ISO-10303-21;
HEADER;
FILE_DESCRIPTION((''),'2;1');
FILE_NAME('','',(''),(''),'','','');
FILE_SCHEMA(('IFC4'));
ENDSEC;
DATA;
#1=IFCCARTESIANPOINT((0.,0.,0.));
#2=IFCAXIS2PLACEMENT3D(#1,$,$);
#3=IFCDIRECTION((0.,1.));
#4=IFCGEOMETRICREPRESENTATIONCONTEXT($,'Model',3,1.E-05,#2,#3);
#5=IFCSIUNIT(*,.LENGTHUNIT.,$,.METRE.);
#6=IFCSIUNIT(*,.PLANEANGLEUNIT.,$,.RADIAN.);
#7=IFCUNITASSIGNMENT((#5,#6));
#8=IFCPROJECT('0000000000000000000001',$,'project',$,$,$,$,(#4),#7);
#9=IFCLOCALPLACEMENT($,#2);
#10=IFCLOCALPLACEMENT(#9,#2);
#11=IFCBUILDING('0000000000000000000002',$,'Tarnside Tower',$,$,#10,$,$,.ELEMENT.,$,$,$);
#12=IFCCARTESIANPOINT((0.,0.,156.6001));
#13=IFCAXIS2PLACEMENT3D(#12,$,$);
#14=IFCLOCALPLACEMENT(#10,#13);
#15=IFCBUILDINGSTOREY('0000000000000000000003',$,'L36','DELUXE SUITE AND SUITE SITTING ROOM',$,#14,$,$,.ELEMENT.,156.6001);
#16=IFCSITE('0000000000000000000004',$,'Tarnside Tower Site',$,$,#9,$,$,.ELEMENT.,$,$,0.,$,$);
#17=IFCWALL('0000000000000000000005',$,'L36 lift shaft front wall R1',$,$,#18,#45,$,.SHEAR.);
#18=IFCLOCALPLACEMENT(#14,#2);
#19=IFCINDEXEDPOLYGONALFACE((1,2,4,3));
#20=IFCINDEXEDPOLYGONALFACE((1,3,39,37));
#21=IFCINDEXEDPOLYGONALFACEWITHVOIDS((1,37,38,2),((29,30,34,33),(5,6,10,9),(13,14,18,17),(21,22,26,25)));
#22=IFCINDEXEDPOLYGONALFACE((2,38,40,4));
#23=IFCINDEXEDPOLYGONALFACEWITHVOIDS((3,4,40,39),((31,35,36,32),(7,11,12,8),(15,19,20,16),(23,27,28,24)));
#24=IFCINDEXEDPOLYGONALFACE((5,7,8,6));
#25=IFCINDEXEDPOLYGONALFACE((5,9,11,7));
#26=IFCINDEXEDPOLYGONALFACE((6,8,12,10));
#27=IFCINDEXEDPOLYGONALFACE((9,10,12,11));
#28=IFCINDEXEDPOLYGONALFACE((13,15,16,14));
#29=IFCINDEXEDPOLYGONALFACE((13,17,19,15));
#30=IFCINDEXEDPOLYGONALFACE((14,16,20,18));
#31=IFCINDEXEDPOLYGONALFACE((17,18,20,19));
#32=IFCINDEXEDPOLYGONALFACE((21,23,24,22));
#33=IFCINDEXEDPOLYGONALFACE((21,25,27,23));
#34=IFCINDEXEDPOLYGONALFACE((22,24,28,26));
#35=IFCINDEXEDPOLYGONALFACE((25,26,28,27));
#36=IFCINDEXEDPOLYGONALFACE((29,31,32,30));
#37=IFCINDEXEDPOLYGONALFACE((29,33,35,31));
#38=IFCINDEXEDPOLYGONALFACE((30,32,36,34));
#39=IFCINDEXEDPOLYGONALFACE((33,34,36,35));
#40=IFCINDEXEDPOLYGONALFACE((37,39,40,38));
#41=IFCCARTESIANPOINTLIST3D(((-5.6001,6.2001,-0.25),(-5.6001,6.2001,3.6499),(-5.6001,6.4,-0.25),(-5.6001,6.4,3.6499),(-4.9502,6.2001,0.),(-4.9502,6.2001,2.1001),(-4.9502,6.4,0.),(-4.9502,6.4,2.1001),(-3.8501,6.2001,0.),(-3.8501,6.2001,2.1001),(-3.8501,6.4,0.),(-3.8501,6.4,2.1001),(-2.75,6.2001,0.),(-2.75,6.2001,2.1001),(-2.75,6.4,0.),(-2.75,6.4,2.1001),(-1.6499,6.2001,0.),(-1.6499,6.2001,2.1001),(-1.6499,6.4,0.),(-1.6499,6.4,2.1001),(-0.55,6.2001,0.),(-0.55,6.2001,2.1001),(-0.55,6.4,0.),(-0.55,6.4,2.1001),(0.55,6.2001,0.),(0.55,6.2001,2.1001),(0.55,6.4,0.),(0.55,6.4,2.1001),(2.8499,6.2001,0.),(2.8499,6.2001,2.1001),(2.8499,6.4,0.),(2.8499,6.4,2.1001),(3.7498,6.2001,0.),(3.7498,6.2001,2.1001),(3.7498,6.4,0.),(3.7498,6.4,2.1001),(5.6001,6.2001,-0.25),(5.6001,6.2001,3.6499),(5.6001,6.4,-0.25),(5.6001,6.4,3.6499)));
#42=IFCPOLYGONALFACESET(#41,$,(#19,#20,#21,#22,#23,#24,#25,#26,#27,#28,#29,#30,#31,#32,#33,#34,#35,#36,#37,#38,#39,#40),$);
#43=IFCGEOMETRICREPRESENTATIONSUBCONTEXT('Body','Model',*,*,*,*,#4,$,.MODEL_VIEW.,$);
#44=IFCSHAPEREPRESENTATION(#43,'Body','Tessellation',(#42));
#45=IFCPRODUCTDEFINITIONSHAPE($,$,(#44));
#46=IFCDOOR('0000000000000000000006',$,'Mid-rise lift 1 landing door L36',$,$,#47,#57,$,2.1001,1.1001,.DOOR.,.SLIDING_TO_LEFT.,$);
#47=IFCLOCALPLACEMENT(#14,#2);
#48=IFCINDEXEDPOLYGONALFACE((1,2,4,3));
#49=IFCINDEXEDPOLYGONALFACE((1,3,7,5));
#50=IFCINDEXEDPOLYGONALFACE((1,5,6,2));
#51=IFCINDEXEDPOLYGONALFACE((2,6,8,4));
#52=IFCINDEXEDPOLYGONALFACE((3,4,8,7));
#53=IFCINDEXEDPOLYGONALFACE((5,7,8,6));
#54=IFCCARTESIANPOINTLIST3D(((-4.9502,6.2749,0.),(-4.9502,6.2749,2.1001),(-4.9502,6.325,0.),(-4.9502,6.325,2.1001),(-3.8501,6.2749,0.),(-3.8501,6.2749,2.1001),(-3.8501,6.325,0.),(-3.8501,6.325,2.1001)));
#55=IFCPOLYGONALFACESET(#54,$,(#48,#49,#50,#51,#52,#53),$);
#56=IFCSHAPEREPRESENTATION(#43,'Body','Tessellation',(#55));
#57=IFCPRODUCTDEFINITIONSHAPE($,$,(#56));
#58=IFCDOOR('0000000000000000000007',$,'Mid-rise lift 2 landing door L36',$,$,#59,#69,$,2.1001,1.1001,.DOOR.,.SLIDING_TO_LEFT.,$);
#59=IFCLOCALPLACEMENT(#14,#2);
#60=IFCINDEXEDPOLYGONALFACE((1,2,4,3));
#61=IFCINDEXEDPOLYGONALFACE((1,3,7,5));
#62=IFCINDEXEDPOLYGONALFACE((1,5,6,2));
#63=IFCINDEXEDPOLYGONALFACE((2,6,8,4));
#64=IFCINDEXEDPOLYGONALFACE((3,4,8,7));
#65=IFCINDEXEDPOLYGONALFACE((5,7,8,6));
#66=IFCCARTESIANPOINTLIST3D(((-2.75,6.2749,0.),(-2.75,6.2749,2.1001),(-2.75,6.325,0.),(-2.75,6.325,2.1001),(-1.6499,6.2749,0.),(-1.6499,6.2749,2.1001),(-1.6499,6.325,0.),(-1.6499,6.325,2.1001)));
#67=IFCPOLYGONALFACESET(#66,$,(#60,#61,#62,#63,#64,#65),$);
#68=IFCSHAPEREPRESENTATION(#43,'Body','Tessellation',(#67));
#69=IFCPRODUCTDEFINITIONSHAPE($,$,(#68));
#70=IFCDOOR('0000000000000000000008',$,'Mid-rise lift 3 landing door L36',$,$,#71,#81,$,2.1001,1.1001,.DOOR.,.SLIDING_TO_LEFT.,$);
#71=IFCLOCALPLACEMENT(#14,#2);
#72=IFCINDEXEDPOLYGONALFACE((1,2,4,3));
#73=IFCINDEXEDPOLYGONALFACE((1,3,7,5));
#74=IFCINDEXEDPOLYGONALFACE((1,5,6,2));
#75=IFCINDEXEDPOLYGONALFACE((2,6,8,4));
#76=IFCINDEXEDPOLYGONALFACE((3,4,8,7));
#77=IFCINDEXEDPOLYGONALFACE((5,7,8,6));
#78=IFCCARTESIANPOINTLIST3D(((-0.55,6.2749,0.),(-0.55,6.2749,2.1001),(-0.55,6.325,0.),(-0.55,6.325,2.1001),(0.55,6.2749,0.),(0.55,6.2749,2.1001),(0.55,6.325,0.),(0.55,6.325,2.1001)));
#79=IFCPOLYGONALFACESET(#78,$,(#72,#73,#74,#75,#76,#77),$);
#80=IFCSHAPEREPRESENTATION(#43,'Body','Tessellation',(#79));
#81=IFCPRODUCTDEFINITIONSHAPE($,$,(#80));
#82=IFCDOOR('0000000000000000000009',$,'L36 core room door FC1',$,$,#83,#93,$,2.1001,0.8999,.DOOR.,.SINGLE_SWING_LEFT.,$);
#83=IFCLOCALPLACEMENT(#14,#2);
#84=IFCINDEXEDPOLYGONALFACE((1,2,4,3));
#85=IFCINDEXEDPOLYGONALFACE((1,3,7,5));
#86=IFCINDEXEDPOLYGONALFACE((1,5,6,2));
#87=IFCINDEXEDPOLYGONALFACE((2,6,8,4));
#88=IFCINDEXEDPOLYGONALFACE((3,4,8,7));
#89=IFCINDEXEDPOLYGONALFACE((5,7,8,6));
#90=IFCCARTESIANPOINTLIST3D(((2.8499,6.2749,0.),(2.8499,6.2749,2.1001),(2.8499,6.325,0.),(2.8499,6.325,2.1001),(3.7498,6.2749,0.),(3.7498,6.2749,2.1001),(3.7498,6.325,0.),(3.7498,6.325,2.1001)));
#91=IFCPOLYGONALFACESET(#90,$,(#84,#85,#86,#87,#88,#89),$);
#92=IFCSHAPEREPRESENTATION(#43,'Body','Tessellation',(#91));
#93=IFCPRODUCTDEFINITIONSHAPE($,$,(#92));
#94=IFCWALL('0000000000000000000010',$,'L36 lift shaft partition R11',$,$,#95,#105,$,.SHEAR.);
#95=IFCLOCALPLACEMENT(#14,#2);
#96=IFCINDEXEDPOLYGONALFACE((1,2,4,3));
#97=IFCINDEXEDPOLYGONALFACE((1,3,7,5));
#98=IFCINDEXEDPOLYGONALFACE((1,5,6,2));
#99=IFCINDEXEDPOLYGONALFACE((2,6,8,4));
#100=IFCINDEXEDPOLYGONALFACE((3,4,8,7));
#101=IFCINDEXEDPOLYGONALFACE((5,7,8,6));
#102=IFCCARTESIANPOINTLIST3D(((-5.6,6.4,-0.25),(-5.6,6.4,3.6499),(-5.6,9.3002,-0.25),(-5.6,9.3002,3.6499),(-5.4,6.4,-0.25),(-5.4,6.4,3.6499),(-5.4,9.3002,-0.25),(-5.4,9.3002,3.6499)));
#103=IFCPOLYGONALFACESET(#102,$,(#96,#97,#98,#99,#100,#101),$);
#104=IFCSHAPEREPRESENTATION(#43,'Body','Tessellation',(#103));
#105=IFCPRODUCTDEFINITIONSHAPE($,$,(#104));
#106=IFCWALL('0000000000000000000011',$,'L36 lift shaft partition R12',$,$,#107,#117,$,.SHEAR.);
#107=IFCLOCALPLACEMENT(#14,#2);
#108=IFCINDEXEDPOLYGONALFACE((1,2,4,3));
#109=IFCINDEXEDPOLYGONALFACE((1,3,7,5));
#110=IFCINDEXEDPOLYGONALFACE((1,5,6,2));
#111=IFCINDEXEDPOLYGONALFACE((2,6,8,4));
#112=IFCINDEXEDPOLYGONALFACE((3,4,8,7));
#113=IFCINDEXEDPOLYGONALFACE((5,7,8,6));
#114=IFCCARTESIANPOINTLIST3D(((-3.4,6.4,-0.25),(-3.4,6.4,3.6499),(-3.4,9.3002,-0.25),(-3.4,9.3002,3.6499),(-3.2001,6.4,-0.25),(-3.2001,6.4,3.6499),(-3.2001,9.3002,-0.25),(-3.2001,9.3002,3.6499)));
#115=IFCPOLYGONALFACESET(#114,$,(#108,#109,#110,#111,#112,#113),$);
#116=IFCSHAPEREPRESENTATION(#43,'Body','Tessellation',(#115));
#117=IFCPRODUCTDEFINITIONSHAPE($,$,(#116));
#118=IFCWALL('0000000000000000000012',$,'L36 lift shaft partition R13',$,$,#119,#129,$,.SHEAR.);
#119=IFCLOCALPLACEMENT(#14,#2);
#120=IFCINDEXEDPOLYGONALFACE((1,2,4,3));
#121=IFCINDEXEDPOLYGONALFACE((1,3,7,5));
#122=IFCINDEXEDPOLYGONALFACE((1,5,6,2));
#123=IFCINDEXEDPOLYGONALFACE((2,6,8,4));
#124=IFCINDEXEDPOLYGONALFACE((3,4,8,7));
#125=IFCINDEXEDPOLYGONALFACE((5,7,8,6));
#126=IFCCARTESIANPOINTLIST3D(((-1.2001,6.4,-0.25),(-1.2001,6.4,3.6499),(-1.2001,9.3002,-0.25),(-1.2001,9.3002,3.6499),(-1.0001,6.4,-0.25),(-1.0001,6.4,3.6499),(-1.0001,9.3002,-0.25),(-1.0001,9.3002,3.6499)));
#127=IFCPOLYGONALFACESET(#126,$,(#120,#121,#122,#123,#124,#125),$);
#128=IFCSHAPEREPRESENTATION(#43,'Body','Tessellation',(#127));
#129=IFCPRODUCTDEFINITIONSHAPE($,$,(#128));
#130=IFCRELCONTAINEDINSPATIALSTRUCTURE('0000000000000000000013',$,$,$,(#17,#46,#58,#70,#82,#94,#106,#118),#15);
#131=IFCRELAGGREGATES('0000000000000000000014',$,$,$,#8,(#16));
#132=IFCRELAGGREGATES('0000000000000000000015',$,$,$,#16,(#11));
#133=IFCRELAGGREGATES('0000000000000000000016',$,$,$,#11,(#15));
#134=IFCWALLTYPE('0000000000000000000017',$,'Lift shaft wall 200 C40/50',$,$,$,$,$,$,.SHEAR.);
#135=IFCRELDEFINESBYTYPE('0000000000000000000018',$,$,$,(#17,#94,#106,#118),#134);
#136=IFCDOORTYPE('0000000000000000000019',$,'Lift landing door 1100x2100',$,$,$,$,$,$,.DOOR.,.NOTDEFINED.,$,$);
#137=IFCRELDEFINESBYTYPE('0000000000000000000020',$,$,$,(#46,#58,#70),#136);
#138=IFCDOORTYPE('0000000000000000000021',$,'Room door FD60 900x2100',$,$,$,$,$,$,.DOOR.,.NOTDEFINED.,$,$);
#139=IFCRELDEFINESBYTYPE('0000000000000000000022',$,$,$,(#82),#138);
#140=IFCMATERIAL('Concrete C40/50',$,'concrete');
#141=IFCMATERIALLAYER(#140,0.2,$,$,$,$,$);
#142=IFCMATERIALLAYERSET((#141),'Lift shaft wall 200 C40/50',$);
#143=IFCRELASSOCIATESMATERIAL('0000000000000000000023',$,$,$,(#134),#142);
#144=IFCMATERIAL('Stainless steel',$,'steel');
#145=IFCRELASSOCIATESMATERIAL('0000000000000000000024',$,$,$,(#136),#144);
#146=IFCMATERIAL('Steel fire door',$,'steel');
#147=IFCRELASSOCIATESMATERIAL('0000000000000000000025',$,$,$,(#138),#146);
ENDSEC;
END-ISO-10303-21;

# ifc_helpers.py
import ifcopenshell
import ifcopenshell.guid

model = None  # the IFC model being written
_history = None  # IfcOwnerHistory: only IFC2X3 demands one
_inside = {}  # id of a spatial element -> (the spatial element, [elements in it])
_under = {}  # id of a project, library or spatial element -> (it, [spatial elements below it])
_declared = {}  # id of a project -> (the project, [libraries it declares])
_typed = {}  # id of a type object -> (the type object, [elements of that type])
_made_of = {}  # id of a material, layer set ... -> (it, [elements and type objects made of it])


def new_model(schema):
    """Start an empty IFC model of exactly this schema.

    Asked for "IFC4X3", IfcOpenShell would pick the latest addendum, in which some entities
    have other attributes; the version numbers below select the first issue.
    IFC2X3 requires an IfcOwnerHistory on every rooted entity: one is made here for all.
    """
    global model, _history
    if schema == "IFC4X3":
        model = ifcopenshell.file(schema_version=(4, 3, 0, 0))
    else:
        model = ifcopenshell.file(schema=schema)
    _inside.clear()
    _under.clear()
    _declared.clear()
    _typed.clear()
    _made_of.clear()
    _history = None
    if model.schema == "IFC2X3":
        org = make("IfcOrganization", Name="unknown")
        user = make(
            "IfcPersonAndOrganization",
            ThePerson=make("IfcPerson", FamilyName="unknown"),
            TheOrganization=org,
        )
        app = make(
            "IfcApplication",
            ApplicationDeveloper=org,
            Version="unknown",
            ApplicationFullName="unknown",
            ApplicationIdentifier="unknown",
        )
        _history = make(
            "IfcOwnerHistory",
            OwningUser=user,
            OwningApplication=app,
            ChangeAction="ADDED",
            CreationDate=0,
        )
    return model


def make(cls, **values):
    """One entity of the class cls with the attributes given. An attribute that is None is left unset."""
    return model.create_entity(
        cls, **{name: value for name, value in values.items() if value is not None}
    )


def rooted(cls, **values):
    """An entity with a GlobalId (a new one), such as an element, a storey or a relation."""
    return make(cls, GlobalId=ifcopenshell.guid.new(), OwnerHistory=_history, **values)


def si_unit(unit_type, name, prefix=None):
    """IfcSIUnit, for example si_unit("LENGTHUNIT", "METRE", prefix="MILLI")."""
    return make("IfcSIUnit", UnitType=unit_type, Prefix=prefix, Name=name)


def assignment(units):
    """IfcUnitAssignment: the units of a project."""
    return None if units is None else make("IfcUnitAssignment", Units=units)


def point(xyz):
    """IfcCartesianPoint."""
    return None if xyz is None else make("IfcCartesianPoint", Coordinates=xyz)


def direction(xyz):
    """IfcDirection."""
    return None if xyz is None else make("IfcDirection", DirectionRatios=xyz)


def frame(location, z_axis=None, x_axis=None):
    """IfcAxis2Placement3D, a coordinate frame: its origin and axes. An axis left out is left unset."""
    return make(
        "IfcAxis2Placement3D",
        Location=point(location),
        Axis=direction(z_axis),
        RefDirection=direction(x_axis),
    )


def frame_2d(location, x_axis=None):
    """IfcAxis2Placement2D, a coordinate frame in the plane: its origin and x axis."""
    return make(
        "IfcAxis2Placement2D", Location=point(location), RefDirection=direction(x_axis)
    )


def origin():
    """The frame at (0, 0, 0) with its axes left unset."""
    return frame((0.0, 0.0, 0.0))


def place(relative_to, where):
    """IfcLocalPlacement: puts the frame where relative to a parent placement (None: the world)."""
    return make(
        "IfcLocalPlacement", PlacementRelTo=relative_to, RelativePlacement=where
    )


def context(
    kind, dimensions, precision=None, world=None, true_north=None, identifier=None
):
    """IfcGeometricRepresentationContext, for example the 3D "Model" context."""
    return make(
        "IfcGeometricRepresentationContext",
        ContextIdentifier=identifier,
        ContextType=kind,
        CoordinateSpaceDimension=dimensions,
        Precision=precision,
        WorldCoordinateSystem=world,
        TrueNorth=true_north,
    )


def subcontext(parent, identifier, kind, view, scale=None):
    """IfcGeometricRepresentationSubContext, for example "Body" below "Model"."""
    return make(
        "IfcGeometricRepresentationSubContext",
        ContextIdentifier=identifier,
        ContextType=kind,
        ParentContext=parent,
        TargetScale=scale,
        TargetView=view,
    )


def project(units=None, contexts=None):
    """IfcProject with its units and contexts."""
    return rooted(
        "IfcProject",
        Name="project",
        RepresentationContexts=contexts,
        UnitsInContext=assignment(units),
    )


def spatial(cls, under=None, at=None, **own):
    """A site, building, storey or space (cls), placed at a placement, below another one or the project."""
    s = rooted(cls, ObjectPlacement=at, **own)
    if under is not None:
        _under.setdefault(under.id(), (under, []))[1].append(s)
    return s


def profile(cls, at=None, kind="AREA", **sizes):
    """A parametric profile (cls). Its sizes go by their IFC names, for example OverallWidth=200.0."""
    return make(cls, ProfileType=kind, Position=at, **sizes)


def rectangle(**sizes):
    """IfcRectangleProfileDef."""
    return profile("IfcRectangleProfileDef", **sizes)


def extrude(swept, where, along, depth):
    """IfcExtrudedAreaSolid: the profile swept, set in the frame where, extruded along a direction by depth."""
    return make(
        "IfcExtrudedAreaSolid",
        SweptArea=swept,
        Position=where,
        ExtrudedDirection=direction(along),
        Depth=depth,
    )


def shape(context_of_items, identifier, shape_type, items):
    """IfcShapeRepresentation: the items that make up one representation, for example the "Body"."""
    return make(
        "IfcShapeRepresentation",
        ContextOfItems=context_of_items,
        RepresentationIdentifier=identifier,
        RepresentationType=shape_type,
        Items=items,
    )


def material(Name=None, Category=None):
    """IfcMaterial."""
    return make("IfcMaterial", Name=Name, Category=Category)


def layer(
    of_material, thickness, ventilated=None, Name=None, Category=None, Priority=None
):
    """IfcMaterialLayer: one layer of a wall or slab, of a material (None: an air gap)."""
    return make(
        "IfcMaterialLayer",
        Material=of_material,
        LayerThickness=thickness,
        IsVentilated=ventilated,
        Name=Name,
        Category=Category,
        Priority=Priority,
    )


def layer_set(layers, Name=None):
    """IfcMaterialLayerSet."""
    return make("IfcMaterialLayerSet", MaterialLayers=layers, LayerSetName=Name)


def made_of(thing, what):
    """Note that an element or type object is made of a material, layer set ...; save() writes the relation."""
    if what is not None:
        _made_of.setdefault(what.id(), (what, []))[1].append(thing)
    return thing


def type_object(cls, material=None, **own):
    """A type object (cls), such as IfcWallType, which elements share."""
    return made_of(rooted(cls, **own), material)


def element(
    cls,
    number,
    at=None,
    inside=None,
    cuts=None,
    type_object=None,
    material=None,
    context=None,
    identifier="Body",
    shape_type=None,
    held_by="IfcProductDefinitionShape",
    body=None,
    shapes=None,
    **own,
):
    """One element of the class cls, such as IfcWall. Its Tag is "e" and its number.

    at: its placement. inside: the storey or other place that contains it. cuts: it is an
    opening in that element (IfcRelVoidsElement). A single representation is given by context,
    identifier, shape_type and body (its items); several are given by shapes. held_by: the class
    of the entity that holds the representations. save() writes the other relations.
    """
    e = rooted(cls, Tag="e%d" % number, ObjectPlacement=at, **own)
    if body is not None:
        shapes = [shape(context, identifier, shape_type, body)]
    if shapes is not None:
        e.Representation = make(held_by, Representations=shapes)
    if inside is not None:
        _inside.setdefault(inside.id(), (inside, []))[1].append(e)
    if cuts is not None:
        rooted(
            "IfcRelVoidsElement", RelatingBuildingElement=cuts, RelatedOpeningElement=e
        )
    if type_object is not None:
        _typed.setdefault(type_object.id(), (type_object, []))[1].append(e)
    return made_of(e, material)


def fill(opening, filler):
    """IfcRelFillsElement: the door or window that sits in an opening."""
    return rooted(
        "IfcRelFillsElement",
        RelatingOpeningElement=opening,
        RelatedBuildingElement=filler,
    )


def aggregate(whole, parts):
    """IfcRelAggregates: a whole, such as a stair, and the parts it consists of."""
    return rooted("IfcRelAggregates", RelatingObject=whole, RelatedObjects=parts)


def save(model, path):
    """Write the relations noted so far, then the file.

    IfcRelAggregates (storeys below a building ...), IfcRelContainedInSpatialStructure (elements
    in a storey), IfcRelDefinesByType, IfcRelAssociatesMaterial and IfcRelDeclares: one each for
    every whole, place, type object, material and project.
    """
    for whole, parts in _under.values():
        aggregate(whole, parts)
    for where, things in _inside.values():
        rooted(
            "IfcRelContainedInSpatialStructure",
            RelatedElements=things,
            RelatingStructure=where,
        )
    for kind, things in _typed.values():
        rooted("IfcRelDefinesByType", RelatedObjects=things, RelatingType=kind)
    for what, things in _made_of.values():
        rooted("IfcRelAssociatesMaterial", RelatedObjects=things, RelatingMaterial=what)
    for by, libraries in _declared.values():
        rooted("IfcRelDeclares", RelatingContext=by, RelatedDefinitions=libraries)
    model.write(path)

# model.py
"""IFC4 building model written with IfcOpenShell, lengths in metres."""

from ifc_helpers import new_model, si_unit, direction, frame, frame_2d, origin, place, context, subcontext, project, spatial, rectangle, extrude, material, layer, layer_set, type_object, element, fill, save


model = new_model("IFC4")

# Units and contexts
model_context = context("Model", 3, precision=1e-05, world=origin(), true_north=direction((0.0, 1.0)))
body_context = subcontext(model_context, "Body", "Model", "MODEL_VIEW")
ifc_project = project(units=[si_unit("LENGTHUNIT", "METRE"), si_unit("PLANEANGLEUNIT", "RADIAN")], contexts=[model_context])

# Site, building, storey
site_placement = place(None, origin())
site = spatial("IfcSite", under=ifc_project, at=site_placement, Name="Tarnside Tower Site", CompositionType="ELEMENT", RefElevation=0.0)
building_placement = place(site_placement, origin())
building = spatial("IfcBuilding", under=site, at=building_placement, Name="Tarnside Tower", CompositionType="ELEMENT")
storey_placement = place(building_placement, frame((0.0, 0.0, 156.6001)))
storey = spatial("IfcBuildingStorey", under=building, at=storey_placement, Name="L36", Description="DELUXE SUITE AND SUITE SITTING ROOM", CompositionType="ELEMENT", Elevation=156.6001)

# Wall, openings, doors
ifc_material_1 = material(Name="Concrete C40/50", Category="concrete")
ifc_layer = layer(ifc_material_1, 0.2)
ifc_layer_set = layer_set([ifc_layer], Name="Lift shaft wall 200 C40/50")
wall_type = type_object("IfcWallType", Name="Lift shaft wall 200 C40/50", PredefinedType="SHEAR", material=ifc_layer_set)
wall_1_placement = place(storey_placement, frame((-5.6001, 6.3, -0.25), z_axis=(0.0, 0.0, 1.0), x_axis=(1.0, 0.0, 0.0)))
wall_1 = element("IfcWall", 1, at=wall_1_placement, inside=storey, type_object=wall_type, Name="L36 lift shaft front wall R1", PredefinedType="SHEAR", context=body_context, shape_type="SweptSolid", body=[
    extrude(rectangle(XDim=11.2002, YDim=0.2, at=frame_2d((5.6001, 0.0))), origin(), (0.0, 0.0, 1.0), 3.8999),
])
opening_1_placement = place(wall_1_placement, frame((8.45, 0.0, 0.25)))
opening_1 = element("IfcOpeningElement", 2, at=opening_1_placement, cuts=wall_1, PredefinedType="OPENING", context=body_context, shape_type="SweptSolid", body=[
    extrude(rectangle(XDim=0.8999, YDim=2.1001, at=frame_2d((0.45, 1.05))), frame((0.0, 0.1099, 0.0), z_axis=(0.0, -1.0, 0.0), x_axis=(1.0, 0.0, 0.0)), (0.0, 0.0, 1.0), 0.22),
])
opening_2_placement = place(wall_1_placement, frame((0.6499, 0.0, 0.25)))
opening_2 = element("IfcOpeningElement", 3, at=opening_2_placement, cuts=wall_1, PredefinedType="OPENING", context=body_context, shape_type="SweptSolid", body=[
    extrude(rectangle(XDim=1.1001, YDim=2.1001, at=frame_2d((0.55, 1.05))), frame((0.0, 0.1099, 0.0), z_axis=(0.0, -1.0, 0.0), x_axis=(1.0, 0.0, 0.0)), (0.0, 0.0, 1.0), 0.22),
])
opening_3_placement = place(wall_1_placement, frame((2.8501, 0.0, 0.25)))
opening_3 = element("IfcOpeningElement", 4, at=opening_3_placement, cuts=wall_1, PredefinedType="OPENING", context=body_context, shape_type="SweptSolid", body=[
    extrude(rectangle(XDim=1.1001, YDim=2.1001, at=frame_2d((0.55, 1.05))), frame((0.0, 0.1099, 0.0), z_axis=(0.0, -1.0, 0.0), x_axis=(1.0, 0.0, 0.0)), (0.0, 0.0, 1.0), 0.22),
])
opening_4_placement = place(wall_1_placement, frame((5.05, 0.0, 0.25)))
opening_4 = element("IfcOpeningElement", 5, at=opening_4_placement, cuts=wall_1, PredefinedType="OPENING", context=body_context, shape_type="SweptSolid", body=[
    extrude(rectangle(XDim=1.1001, YDim=2.1001, at=frame_2d((0.55, 1.05))), frame((0.0, 0.1099, 0.0), z_axis=(0.0, -1.0, 0.0), x_axis=(1.0, 0.0, 0.0)), (0.0, 0.0, 1.0), 0.22),
])
ifc_material_2 = material(Name="Stainless steel", Category="steel")
door_type_1 = type_object("IfcDoorType", Name="Lift landing door 1100x2100", OperationType="NOTDEFINED", PredefinedType="DOOR", material=ifc_material_2)
door_1_placement = place(opening_2_placement, origin())
door_1 = element("IfcDoor", 6, at=door_1_placement, inside=storey, type_object=door_type_1, Name="Mid-rise lift 1 landing door L36", OperationType="SLIDING_TO_LEFT", OverallHeight=2.1001, OverallWidth=1.1001, PredefinedType="DOOR", context=body_context, shape_type="SweptSolid", body=[
    extrude(rectangle(XDim=1.1001, YDim=2.1001, at=frame_2d((0.55, 1.05))), frame((0.0, 0.0249, 0.0), z_axis=(0.0, -1.0, 0.0), x_axis=(1.0, 0.0, 0.0)), (0.0, 0.0, 1.0), 0.05),
])
fill(opening_2, door_1)
door_2_placement = place(opening_3_placement, origin())
door_2 = element("IfcDoor", 7, at=door_2_placement, inside=storey, type_object=door_type_1, Name="Mid-rise lift 2 landing door L36", OperationType="SLIDING_TO_LEFT", OverallHeight=2.1001, OverallWidth=1.1001, PredefinedType="DOOR", context=body_context, shape_type="SweptSolid", body=[
    extrude(rectangle(XDim=1.1001, YDim=2.1001, at=frame_2d((0.55, 1.05))), frame((0.0, 0.0249, 0.0), z_axis=(0.0, -1.0, 0.0), x_axis=(1.0, 0.0, 0.0)), (0.0, 0.0, 1.0), 0.05),
])
fill(opening_3, door_2)
door_3_placement = place(opening_4_placement, origin())
door_3 = element("IfcDoor", 8, at=door_3_placement, inside=storey, type_object=door_type_1, Name="Mid-rise lift 3 landing door L36", OperationType="SLIDING_TO_LEFT", OverallHeight=2.1001, OverallWidth=1.1001, PredefinedType="DOOR", context=body_context, shape_type="SweptSolid", body=[
    extrude(rectangle(XDim=1.1001, YDim=2.1001, at=frame_2d((0.55, 1.05))), frame((0.0, 0.0249, 0.0), z_axis=(0.0, -1.0, 0.0), x_axis=(1.0, 0.0, 0.0)), (0.0, 0.0, 1.0), 0.05),
])
fill(opening_4, door_3)
ifc_material_3 = material(Name="Steel fire door", Category="steel")
door_type_2 = type_object("IfcDoorType", Name="Room door FD60 900x2100", OperationType="NOTDEFINED", PredefinedType="DOOR", material=ifc_material_3)
door_4_placement = place(opening_1_placement, origin())
door_4 = element("IfcDoor", 9, at=door_4_placement, inside=storey, type_object=door_type_2, Name="L36 core room door FC1", OperationType="SINGLE_SWING_LEFT", OverallHeight=2.1001, OverallWidth=0.8999, PredefinedType="DOOR", context=body_context, shape_type="SweptSolid", body=[
    extrude(rectangle(XDim=0.8999, YDim=2.1001, at=frame_2d((0.45, 1.05))), frame((0.0, 0.0249, 0.0), z_axis=(0.0, -1.0, 0.0), x_axis=(1.0, 0.0, 0.0)), (0.0, 0.0, 1.0), 0.05),
])
fill(opening_1, door_4)

# Walls
for number, where, z_axis, x_axis, name in (
    (10, (-5.5, 6.3999, -0.25), (0.0, 0.0, 1.0), (0.0, 1.0, 0.0), "L36 lift shaft partition R11"),
    (11, (-3.3, 6.3999, -0.25), (0.0, 0.0, 1.0), (0.0, 1.0, 0.0), "L36 lift shaft partition R12"),
    (12, (-1.1001, 6.3999, -0.25), (0.0, 0.0, 1.0), (0.0, 1.0, 0.0), "L36 lift shaft partition R13"),
):
    element("IfcWall", number, at=place(storey_placement, frame(where, z_axis=z_axis, x_axis=x_axis)), inside=storey, type_object=wall_type, Name=name, PredefinedType="SHEAR", context=body_context, shape_type="SweptSolid", body=[
        extrude(rectangle(XDim=2.9001, YDim=0.2, at=frame_2d((1.4502, 0.0))), origin(), (0.0, 0.0, 1.0), 3.8999),
    ])

save(model, "model.ifc")
